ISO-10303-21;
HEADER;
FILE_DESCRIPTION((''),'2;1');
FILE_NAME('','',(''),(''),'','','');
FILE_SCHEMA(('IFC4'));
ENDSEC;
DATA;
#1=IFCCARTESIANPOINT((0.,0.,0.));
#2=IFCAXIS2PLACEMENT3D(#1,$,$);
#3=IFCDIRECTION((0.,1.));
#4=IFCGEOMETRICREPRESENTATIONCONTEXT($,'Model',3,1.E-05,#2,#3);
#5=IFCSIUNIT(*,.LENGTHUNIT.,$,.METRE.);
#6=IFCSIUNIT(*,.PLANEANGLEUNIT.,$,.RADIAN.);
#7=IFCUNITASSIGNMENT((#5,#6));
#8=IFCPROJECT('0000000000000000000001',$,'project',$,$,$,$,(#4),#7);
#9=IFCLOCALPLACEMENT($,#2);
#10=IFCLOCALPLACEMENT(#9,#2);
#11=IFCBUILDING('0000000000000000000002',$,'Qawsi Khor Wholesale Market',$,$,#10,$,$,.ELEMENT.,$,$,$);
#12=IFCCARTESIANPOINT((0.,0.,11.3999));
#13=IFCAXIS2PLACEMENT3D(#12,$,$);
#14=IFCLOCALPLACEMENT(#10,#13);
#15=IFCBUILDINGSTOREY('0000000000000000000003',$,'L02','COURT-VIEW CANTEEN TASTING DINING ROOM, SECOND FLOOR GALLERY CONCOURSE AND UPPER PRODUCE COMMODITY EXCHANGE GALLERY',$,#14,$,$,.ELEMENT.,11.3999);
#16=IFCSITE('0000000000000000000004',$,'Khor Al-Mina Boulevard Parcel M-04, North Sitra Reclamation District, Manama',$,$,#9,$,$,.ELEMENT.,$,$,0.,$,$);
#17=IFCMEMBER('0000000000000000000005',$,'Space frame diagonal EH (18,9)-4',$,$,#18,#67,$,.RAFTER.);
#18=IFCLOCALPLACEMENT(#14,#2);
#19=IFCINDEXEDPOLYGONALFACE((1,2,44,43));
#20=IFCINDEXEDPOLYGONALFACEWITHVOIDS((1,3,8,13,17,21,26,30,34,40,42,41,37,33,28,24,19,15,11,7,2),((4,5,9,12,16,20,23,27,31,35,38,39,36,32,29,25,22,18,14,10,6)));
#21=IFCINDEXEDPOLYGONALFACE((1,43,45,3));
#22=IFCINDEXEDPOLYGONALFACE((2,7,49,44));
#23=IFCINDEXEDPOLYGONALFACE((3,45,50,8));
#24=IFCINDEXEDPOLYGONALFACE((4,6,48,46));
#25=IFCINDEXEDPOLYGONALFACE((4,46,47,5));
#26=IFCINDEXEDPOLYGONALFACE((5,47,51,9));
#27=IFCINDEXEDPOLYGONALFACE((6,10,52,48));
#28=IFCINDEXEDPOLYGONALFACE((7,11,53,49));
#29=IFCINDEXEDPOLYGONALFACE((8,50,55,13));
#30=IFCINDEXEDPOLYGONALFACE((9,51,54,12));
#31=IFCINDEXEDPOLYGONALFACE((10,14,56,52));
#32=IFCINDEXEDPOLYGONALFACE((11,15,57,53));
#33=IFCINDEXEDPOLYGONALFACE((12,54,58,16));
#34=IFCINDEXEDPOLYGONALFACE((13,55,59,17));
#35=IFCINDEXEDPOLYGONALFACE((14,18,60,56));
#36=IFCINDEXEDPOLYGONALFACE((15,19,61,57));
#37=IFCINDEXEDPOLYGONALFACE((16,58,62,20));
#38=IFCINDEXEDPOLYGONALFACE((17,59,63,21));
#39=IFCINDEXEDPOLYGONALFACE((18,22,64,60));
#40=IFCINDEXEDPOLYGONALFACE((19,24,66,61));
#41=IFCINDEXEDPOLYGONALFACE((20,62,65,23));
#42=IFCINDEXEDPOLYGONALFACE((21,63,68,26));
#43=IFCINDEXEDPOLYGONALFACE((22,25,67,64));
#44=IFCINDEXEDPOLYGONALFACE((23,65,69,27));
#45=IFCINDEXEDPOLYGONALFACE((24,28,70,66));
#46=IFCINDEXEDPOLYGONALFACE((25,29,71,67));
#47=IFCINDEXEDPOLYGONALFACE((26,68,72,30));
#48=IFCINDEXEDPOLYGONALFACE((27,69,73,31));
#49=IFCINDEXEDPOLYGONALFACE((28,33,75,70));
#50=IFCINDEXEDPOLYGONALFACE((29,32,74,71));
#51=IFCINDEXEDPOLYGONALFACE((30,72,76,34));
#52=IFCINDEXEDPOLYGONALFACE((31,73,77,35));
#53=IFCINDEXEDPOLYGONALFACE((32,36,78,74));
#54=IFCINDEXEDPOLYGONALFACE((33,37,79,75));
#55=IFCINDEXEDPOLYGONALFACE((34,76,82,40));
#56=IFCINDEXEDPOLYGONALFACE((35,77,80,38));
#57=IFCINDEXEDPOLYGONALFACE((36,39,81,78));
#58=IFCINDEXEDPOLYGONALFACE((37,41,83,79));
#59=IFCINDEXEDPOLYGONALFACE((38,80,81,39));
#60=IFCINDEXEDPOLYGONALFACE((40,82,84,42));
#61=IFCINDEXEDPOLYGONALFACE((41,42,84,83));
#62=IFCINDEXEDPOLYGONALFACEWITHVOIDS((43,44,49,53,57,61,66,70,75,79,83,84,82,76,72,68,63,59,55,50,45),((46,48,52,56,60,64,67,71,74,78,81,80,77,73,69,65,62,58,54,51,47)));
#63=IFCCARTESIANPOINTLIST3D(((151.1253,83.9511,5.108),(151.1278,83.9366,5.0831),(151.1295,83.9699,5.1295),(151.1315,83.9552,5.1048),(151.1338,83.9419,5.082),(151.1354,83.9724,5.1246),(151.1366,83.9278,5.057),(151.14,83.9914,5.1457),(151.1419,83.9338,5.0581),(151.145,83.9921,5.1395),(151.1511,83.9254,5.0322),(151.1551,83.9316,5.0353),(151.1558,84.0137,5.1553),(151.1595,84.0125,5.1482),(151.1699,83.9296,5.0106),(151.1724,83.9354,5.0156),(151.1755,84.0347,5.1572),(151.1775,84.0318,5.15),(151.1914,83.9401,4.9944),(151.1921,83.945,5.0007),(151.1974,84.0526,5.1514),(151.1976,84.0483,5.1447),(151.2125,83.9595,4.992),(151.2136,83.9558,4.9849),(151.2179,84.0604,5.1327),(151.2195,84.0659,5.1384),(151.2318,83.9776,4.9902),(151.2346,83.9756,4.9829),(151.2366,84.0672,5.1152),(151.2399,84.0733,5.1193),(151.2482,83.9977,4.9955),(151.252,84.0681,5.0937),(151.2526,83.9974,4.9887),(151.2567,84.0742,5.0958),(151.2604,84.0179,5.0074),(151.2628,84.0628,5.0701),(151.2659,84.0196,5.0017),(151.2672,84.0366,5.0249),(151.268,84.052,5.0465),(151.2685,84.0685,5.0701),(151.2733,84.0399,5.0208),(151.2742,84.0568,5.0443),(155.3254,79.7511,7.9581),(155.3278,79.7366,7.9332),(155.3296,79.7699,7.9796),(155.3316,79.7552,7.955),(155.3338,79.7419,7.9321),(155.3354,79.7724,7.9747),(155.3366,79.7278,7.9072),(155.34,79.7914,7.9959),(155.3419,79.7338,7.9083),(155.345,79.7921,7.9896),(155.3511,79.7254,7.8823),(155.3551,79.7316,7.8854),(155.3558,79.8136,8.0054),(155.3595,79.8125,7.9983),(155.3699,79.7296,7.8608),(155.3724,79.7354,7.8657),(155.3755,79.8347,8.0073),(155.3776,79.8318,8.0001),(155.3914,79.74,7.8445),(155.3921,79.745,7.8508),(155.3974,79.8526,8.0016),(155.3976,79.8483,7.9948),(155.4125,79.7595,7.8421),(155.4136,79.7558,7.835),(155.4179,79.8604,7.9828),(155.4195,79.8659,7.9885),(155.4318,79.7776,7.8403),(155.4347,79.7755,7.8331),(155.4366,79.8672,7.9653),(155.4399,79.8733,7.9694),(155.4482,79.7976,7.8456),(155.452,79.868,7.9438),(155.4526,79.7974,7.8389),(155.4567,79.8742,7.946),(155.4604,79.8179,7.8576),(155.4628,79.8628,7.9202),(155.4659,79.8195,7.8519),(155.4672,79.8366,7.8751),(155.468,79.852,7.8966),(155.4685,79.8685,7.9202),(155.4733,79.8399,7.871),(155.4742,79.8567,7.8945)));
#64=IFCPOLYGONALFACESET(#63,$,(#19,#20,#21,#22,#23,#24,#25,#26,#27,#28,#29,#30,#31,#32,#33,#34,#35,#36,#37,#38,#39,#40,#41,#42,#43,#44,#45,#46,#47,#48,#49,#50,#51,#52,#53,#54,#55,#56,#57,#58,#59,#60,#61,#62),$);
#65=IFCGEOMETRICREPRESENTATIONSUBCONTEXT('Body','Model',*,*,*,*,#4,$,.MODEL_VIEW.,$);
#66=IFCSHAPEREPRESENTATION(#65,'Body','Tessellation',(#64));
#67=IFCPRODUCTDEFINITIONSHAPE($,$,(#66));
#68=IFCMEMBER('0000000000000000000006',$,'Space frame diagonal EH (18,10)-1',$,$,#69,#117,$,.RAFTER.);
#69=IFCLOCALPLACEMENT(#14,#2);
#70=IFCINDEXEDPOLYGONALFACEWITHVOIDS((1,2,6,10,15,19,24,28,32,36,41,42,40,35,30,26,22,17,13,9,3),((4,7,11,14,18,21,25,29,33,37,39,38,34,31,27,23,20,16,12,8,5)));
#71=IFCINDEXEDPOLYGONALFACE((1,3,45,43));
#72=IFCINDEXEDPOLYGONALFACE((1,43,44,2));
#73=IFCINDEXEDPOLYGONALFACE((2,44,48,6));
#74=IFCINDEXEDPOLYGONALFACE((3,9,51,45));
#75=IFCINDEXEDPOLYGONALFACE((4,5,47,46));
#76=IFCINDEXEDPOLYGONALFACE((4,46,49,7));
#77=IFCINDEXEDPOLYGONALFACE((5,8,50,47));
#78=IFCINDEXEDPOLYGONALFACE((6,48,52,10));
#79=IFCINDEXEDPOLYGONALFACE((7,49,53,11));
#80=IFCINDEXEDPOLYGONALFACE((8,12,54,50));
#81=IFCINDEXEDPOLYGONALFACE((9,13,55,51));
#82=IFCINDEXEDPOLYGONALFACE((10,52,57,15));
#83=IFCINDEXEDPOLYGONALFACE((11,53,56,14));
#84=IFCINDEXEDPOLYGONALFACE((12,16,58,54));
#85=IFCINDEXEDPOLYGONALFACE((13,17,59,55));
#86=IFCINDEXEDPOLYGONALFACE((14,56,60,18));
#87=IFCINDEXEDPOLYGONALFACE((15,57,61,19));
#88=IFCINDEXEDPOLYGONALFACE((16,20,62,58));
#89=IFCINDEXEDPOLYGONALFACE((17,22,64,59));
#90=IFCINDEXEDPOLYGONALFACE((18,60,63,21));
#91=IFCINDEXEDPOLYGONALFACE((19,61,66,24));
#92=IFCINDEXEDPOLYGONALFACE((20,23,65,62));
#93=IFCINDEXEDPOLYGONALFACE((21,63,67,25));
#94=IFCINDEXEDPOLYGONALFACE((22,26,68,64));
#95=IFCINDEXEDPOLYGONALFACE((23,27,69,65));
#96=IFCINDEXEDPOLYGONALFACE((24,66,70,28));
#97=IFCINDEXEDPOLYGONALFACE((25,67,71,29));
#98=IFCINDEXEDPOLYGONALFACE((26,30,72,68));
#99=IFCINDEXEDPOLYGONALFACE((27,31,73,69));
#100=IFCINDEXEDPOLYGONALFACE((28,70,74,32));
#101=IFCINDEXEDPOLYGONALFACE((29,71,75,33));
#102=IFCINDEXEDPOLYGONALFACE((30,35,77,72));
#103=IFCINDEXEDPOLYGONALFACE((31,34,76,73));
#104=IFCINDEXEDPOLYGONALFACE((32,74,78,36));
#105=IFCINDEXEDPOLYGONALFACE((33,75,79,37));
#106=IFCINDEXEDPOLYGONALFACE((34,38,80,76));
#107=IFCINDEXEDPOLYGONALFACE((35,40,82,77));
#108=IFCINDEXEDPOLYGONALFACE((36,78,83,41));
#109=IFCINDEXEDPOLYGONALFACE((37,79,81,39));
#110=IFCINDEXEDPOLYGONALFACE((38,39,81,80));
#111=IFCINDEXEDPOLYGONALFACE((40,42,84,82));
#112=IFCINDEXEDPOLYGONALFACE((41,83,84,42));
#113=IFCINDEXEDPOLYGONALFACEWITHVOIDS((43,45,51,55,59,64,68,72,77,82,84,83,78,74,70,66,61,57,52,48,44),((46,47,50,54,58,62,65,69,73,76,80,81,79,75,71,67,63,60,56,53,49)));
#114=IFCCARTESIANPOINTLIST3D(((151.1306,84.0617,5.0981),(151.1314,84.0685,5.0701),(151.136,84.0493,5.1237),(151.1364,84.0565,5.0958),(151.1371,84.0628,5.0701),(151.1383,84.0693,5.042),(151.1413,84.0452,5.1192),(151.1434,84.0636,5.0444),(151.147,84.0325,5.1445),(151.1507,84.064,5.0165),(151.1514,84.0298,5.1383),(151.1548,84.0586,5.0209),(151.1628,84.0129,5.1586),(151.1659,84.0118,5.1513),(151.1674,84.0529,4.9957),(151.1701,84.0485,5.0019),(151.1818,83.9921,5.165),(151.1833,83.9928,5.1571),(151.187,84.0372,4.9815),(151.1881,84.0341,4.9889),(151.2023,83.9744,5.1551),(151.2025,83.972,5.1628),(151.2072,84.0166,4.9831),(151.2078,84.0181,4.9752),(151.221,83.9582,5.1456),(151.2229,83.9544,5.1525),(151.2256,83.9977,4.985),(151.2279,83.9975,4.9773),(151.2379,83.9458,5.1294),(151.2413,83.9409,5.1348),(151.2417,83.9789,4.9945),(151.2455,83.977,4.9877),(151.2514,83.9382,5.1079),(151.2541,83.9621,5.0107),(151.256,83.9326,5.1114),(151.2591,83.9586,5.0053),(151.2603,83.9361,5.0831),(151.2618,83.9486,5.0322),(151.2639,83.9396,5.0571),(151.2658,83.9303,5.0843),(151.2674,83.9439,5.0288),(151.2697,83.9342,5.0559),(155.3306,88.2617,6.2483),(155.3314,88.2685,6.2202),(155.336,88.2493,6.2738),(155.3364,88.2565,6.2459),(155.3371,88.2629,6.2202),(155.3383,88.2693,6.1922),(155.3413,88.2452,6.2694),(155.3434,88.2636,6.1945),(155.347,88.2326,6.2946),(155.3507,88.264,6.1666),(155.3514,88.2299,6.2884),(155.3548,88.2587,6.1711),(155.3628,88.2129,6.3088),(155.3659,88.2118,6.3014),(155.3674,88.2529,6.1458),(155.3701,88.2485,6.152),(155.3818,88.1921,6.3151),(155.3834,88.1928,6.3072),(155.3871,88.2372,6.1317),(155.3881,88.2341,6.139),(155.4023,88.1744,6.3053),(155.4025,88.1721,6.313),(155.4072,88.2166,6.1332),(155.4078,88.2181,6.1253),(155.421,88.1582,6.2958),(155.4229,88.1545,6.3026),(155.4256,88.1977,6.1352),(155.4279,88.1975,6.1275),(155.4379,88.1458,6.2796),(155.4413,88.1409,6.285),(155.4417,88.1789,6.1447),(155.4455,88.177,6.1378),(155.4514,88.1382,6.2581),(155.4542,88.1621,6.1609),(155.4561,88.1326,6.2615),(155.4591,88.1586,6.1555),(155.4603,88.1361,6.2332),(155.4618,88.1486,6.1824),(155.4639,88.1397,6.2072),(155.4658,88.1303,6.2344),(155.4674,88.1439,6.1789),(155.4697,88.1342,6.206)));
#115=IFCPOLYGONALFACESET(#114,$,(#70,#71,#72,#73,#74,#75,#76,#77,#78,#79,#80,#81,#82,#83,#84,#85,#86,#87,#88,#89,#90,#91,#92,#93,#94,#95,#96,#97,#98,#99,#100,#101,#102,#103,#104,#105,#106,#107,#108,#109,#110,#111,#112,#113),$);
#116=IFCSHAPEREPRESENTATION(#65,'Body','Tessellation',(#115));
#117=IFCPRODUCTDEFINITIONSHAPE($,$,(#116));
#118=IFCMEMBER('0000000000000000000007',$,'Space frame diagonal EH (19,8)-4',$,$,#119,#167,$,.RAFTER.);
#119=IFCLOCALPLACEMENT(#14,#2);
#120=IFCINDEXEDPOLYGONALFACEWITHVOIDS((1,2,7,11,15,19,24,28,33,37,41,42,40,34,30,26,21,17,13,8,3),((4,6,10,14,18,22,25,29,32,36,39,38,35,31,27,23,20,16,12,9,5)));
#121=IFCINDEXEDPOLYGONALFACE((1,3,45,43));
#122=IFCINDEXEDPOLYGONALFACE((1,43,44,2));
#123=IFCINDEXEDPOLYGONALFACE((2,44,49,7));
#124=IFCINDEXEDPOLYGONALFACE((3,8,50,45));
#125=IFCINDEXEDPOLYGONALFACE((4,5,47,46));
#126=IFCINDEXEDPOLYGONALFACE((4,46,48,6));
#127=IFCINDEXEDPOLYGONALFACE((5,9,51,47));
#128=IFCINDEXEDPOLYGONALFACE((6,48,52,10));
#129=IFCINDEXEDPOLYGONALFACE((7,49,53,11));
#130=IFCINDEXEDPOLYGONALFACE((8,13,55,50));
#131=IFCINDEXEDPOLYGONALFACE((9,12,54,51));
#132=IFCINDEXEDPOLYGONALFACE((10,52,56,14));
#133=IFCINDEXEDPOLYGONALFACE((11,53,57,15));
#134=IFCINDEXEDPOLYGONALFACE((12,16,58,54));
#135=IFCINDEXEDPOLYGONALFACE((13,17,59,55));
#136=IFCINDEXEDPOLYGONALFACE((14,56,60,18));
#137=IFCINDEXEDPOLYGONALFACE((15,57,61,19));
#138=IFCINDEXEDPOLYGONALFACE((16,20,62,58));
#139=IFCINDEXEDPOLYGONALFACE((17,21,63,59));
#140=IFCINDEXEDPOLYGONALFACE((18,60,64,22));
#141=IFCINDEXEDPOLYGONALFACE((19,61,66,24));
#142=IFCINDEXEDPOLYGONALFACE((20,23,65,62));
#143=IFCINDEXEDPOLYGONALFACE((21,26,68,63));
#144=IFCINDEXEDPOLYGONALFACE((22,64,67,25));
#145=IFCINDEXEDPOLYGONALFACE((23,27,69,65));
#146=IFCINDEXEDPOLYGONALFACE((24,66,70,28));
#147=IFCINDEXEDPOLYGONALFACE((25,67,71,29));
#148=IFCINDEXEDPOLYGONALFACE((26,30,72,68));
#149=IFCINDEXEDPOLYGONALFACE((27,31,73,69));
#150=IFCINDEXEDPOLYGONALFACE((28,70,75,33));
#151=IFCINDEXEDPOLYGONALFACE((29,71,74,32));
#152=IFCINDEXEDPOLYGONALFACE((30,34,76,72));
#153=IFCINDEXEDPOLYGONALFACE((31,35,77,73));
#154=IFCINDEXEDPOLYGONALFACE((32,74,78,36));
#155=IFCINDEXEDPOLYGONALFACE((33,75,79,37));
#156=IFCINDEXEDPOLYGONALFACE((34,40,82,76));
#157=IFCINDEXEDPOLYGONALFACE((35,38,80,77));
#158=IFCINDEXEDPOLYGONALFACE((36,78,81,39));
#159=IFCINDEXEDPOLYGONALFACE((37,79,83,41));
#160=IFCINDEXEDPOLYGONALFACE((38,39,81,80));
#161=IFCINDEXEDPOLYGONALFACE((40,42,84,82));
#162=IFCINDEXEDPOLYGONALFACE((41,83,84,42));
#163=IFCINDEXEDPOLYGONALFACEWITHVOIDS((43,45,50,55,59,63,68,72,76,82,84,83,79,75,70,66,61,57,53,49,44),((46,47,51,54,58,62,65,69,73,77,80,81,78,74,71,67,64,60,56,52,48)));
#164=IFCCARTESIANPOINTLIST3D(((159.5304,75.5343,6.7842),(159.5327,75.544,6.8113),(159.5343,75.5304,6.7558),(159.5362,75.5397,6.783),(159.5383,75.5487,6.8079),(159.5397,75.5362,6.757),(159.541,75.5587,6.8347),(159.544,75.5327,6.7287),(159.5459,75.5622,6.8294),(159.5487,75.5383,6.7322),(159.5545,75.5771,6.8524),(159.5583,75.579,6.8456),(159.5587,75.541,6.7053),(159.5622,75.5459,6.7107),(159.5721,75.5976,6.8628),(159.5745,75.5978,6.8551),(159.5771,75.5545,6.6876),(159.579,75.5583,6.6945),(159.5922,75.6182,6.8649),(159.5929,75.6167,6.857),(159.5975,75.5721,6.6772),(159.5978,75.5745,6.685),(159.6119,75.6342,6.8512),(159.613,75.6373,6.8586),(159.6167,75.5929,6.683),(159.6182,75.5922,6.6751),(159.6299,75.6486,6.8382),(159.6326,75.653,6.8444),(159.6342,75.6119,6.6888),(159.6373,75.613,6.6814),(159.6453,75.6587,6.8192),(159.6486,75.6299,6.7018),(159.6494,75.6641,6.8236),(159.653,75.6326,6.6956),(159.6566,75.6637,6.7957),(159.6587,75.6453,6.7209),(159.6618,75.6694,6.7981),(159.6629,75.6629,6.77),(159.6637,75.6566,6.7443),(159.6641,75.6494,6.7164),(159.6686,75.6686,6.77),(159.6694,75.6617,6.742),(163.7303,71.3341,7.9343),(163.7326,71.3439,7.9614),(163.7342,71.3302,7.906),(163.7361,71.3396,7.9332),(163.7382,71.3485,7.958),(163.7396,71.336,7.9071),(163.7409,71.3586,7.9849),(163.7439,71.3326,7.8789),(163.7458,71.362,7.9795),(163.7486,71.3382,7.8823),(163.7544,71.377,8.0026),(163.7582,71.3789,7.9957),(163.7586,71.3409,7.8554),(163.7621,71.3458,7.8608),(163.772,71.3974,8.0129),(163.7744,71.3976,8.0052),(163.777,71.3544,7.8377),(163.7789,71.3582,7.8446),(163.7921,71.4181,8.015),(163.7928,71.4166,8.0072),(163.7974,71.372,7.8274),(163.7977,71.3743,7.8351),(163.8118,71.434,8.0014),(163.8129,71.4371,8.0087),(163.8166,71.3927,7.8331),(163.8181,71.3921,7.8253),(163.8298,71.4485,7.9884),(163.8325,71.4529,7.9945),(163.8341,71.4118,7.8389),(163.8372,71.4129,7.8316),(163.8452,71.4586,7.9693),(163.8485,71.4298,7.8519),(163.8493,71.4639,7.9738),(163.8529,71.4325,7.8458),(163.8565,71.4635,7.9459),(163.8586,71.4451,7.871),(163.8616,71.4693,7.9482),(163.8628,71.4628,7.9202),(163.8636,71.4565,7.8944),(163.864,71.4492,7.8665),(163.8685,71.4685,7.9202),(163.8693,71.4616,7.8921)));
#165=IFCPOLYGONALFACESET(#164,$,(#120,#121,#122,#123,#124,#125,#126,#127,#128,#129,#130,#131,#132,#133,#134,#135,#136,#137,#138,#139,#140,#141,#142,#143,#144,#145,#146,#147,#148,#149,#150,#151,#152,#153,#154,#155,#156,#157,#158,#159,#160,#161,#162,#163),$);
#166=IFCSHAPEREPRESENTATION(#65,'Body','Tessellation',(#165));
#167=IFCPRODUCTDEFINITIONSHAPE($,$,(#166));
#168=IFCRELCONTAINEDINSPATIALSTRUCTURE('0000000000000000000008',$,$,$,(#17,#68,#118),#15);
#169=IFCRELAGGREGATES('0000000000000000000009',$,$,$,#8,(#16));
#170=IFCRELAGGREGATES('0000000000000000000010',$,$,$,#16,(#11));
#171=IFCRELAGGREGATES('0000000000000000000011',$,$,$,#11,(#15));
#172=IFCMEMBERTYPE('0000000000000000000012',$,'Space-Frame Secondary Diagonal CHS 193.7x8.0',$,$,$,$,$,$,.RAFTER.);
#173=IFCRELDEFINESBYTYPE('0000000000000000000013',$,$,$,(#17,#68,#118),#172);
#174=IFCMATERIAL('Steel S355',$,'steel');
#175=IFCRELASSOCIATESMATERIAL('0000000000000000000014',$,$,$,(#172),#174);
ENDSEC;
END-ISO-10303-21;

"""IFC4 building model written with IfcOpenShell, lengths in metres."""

from ifc_helpers import new_model, si_unit, direction, frame, origin, origin_2d, place, context, subcontext, project, spatial, hollow_circle, extrude, material, material_profile, profile_set, type_object, element, save


model = new_model("IFC4")

# Units and contexts
model_context = context("Model", 3, precision=1e-05, world=origin(), true_north=direction((0.0, 1.0)))
body_context = subcontext(model_context, "Body", "Model", "MODEL_VIEW")
ifc_project = project(units=[si_unit("LENGTHUNIT", "METRE"), si_unit("PLANEANGLEUNIT", "RADIAN")], contexts=[model_context])

# Site, building, storey
site_placement = place(None, origin())
site = spatial("IfcSite", under=ifc_project, at=site_placement, Name="Khor Al-Mina Boulevard Parcel M-04, North Sitra Reclamation District, Manama", CompositionType="ELEMENT", RefElevation=0.0)
building_placement = place(site_placement, origin())
building = spatial("IfcBuilding", under=site, at=building_placement, Name="Qawsi Khor Wholesale Market", CompositionType="ELEMENT")
storey_placement = place(building_placement, frame((0.0, 0.0, 11.3999)))
storey = spatial("IfcBuildingStorey", under=building, at=storey_placement, Name="L02", Description="COURT-VIEW CANTEEN TASTING DINING ROOM, SECOND FLOOR GALLERY CONCOURSE AND UPPER PRODUCE COMMODITY EXCHANGE GALLERY", CompositionType="ELEMENT", Elevation=11.3999)

# Members
ifc_material_1 = material(Name="Steel S355", Category="steel")
ifc_material_profile_1 = material_profile(ifc_material_1, hollow_circle(Radius=0.0969, WallThickness=0.0081, at=origin_2d()), Name="CHS 193.7x8.0")
ifc_profile_set_1 = profile_set([ifc_material_profile_1], Name="Steel S355")
member_type_1 = type_object("IfcMemberType", Name="Space-Frame Secondary Diagonal CHS 193.7x8.0", PredefinedType="RAFTER", material=ifc_profile_set_1)
member_1_placement = place(storey_placement, frame((151.2, 84.0, 5.0701), z_axis=(0.637512, -0.637512, 0.432617), x_axis=(0.707107, 0.707107, 0.0)))
element("IfcMember", 1, at=member_1_placement, inside=storey, type_object=member_type_1, Name="Space frame diagonal EH (18,9)-4", PredefinedType="RAFTER", context=body_context, shape_type="SweptSolid", body=[
    extrude(hollow_circle(Radius=0.0969, WallThickness=0.0081, at=origin_2d()), origin(), (0.0, 0.0, 1.0), 6.5881),
])
for number, where, z_axis, x_axis, name in (
    (2, (151.2, 84.0, 5.0701), (0.694211, 0.694211, 0.190108), (-0.707107, 0.707107, 0.0), "Space frame diagonal EH (18,10)-1"),
    (3, (159.6001, 75.6001, 6.77), (0.694192, -0.694232, 0.190103), (0.707127, 0.707086, 0.0), "Space frame diagonal EH (19,8)-4"),
):
    element("IfcMember", number, at=place(storey_placement, frame(where, z_axis=z_axis, x_axis=x_axis)), inside=storey, type_object=member_type_1, Name=name, PredefinedType="RAFTER", context=body_context, shape_type="SweptSolid", body=[
        extrude(hollow_circle(Radius=0.0969, WallThickness=0.0081, at=origin_2d()), origin(), (0.0, 0.0, 1.0), 6.05),
    ])

save(model, "model.ifc")
